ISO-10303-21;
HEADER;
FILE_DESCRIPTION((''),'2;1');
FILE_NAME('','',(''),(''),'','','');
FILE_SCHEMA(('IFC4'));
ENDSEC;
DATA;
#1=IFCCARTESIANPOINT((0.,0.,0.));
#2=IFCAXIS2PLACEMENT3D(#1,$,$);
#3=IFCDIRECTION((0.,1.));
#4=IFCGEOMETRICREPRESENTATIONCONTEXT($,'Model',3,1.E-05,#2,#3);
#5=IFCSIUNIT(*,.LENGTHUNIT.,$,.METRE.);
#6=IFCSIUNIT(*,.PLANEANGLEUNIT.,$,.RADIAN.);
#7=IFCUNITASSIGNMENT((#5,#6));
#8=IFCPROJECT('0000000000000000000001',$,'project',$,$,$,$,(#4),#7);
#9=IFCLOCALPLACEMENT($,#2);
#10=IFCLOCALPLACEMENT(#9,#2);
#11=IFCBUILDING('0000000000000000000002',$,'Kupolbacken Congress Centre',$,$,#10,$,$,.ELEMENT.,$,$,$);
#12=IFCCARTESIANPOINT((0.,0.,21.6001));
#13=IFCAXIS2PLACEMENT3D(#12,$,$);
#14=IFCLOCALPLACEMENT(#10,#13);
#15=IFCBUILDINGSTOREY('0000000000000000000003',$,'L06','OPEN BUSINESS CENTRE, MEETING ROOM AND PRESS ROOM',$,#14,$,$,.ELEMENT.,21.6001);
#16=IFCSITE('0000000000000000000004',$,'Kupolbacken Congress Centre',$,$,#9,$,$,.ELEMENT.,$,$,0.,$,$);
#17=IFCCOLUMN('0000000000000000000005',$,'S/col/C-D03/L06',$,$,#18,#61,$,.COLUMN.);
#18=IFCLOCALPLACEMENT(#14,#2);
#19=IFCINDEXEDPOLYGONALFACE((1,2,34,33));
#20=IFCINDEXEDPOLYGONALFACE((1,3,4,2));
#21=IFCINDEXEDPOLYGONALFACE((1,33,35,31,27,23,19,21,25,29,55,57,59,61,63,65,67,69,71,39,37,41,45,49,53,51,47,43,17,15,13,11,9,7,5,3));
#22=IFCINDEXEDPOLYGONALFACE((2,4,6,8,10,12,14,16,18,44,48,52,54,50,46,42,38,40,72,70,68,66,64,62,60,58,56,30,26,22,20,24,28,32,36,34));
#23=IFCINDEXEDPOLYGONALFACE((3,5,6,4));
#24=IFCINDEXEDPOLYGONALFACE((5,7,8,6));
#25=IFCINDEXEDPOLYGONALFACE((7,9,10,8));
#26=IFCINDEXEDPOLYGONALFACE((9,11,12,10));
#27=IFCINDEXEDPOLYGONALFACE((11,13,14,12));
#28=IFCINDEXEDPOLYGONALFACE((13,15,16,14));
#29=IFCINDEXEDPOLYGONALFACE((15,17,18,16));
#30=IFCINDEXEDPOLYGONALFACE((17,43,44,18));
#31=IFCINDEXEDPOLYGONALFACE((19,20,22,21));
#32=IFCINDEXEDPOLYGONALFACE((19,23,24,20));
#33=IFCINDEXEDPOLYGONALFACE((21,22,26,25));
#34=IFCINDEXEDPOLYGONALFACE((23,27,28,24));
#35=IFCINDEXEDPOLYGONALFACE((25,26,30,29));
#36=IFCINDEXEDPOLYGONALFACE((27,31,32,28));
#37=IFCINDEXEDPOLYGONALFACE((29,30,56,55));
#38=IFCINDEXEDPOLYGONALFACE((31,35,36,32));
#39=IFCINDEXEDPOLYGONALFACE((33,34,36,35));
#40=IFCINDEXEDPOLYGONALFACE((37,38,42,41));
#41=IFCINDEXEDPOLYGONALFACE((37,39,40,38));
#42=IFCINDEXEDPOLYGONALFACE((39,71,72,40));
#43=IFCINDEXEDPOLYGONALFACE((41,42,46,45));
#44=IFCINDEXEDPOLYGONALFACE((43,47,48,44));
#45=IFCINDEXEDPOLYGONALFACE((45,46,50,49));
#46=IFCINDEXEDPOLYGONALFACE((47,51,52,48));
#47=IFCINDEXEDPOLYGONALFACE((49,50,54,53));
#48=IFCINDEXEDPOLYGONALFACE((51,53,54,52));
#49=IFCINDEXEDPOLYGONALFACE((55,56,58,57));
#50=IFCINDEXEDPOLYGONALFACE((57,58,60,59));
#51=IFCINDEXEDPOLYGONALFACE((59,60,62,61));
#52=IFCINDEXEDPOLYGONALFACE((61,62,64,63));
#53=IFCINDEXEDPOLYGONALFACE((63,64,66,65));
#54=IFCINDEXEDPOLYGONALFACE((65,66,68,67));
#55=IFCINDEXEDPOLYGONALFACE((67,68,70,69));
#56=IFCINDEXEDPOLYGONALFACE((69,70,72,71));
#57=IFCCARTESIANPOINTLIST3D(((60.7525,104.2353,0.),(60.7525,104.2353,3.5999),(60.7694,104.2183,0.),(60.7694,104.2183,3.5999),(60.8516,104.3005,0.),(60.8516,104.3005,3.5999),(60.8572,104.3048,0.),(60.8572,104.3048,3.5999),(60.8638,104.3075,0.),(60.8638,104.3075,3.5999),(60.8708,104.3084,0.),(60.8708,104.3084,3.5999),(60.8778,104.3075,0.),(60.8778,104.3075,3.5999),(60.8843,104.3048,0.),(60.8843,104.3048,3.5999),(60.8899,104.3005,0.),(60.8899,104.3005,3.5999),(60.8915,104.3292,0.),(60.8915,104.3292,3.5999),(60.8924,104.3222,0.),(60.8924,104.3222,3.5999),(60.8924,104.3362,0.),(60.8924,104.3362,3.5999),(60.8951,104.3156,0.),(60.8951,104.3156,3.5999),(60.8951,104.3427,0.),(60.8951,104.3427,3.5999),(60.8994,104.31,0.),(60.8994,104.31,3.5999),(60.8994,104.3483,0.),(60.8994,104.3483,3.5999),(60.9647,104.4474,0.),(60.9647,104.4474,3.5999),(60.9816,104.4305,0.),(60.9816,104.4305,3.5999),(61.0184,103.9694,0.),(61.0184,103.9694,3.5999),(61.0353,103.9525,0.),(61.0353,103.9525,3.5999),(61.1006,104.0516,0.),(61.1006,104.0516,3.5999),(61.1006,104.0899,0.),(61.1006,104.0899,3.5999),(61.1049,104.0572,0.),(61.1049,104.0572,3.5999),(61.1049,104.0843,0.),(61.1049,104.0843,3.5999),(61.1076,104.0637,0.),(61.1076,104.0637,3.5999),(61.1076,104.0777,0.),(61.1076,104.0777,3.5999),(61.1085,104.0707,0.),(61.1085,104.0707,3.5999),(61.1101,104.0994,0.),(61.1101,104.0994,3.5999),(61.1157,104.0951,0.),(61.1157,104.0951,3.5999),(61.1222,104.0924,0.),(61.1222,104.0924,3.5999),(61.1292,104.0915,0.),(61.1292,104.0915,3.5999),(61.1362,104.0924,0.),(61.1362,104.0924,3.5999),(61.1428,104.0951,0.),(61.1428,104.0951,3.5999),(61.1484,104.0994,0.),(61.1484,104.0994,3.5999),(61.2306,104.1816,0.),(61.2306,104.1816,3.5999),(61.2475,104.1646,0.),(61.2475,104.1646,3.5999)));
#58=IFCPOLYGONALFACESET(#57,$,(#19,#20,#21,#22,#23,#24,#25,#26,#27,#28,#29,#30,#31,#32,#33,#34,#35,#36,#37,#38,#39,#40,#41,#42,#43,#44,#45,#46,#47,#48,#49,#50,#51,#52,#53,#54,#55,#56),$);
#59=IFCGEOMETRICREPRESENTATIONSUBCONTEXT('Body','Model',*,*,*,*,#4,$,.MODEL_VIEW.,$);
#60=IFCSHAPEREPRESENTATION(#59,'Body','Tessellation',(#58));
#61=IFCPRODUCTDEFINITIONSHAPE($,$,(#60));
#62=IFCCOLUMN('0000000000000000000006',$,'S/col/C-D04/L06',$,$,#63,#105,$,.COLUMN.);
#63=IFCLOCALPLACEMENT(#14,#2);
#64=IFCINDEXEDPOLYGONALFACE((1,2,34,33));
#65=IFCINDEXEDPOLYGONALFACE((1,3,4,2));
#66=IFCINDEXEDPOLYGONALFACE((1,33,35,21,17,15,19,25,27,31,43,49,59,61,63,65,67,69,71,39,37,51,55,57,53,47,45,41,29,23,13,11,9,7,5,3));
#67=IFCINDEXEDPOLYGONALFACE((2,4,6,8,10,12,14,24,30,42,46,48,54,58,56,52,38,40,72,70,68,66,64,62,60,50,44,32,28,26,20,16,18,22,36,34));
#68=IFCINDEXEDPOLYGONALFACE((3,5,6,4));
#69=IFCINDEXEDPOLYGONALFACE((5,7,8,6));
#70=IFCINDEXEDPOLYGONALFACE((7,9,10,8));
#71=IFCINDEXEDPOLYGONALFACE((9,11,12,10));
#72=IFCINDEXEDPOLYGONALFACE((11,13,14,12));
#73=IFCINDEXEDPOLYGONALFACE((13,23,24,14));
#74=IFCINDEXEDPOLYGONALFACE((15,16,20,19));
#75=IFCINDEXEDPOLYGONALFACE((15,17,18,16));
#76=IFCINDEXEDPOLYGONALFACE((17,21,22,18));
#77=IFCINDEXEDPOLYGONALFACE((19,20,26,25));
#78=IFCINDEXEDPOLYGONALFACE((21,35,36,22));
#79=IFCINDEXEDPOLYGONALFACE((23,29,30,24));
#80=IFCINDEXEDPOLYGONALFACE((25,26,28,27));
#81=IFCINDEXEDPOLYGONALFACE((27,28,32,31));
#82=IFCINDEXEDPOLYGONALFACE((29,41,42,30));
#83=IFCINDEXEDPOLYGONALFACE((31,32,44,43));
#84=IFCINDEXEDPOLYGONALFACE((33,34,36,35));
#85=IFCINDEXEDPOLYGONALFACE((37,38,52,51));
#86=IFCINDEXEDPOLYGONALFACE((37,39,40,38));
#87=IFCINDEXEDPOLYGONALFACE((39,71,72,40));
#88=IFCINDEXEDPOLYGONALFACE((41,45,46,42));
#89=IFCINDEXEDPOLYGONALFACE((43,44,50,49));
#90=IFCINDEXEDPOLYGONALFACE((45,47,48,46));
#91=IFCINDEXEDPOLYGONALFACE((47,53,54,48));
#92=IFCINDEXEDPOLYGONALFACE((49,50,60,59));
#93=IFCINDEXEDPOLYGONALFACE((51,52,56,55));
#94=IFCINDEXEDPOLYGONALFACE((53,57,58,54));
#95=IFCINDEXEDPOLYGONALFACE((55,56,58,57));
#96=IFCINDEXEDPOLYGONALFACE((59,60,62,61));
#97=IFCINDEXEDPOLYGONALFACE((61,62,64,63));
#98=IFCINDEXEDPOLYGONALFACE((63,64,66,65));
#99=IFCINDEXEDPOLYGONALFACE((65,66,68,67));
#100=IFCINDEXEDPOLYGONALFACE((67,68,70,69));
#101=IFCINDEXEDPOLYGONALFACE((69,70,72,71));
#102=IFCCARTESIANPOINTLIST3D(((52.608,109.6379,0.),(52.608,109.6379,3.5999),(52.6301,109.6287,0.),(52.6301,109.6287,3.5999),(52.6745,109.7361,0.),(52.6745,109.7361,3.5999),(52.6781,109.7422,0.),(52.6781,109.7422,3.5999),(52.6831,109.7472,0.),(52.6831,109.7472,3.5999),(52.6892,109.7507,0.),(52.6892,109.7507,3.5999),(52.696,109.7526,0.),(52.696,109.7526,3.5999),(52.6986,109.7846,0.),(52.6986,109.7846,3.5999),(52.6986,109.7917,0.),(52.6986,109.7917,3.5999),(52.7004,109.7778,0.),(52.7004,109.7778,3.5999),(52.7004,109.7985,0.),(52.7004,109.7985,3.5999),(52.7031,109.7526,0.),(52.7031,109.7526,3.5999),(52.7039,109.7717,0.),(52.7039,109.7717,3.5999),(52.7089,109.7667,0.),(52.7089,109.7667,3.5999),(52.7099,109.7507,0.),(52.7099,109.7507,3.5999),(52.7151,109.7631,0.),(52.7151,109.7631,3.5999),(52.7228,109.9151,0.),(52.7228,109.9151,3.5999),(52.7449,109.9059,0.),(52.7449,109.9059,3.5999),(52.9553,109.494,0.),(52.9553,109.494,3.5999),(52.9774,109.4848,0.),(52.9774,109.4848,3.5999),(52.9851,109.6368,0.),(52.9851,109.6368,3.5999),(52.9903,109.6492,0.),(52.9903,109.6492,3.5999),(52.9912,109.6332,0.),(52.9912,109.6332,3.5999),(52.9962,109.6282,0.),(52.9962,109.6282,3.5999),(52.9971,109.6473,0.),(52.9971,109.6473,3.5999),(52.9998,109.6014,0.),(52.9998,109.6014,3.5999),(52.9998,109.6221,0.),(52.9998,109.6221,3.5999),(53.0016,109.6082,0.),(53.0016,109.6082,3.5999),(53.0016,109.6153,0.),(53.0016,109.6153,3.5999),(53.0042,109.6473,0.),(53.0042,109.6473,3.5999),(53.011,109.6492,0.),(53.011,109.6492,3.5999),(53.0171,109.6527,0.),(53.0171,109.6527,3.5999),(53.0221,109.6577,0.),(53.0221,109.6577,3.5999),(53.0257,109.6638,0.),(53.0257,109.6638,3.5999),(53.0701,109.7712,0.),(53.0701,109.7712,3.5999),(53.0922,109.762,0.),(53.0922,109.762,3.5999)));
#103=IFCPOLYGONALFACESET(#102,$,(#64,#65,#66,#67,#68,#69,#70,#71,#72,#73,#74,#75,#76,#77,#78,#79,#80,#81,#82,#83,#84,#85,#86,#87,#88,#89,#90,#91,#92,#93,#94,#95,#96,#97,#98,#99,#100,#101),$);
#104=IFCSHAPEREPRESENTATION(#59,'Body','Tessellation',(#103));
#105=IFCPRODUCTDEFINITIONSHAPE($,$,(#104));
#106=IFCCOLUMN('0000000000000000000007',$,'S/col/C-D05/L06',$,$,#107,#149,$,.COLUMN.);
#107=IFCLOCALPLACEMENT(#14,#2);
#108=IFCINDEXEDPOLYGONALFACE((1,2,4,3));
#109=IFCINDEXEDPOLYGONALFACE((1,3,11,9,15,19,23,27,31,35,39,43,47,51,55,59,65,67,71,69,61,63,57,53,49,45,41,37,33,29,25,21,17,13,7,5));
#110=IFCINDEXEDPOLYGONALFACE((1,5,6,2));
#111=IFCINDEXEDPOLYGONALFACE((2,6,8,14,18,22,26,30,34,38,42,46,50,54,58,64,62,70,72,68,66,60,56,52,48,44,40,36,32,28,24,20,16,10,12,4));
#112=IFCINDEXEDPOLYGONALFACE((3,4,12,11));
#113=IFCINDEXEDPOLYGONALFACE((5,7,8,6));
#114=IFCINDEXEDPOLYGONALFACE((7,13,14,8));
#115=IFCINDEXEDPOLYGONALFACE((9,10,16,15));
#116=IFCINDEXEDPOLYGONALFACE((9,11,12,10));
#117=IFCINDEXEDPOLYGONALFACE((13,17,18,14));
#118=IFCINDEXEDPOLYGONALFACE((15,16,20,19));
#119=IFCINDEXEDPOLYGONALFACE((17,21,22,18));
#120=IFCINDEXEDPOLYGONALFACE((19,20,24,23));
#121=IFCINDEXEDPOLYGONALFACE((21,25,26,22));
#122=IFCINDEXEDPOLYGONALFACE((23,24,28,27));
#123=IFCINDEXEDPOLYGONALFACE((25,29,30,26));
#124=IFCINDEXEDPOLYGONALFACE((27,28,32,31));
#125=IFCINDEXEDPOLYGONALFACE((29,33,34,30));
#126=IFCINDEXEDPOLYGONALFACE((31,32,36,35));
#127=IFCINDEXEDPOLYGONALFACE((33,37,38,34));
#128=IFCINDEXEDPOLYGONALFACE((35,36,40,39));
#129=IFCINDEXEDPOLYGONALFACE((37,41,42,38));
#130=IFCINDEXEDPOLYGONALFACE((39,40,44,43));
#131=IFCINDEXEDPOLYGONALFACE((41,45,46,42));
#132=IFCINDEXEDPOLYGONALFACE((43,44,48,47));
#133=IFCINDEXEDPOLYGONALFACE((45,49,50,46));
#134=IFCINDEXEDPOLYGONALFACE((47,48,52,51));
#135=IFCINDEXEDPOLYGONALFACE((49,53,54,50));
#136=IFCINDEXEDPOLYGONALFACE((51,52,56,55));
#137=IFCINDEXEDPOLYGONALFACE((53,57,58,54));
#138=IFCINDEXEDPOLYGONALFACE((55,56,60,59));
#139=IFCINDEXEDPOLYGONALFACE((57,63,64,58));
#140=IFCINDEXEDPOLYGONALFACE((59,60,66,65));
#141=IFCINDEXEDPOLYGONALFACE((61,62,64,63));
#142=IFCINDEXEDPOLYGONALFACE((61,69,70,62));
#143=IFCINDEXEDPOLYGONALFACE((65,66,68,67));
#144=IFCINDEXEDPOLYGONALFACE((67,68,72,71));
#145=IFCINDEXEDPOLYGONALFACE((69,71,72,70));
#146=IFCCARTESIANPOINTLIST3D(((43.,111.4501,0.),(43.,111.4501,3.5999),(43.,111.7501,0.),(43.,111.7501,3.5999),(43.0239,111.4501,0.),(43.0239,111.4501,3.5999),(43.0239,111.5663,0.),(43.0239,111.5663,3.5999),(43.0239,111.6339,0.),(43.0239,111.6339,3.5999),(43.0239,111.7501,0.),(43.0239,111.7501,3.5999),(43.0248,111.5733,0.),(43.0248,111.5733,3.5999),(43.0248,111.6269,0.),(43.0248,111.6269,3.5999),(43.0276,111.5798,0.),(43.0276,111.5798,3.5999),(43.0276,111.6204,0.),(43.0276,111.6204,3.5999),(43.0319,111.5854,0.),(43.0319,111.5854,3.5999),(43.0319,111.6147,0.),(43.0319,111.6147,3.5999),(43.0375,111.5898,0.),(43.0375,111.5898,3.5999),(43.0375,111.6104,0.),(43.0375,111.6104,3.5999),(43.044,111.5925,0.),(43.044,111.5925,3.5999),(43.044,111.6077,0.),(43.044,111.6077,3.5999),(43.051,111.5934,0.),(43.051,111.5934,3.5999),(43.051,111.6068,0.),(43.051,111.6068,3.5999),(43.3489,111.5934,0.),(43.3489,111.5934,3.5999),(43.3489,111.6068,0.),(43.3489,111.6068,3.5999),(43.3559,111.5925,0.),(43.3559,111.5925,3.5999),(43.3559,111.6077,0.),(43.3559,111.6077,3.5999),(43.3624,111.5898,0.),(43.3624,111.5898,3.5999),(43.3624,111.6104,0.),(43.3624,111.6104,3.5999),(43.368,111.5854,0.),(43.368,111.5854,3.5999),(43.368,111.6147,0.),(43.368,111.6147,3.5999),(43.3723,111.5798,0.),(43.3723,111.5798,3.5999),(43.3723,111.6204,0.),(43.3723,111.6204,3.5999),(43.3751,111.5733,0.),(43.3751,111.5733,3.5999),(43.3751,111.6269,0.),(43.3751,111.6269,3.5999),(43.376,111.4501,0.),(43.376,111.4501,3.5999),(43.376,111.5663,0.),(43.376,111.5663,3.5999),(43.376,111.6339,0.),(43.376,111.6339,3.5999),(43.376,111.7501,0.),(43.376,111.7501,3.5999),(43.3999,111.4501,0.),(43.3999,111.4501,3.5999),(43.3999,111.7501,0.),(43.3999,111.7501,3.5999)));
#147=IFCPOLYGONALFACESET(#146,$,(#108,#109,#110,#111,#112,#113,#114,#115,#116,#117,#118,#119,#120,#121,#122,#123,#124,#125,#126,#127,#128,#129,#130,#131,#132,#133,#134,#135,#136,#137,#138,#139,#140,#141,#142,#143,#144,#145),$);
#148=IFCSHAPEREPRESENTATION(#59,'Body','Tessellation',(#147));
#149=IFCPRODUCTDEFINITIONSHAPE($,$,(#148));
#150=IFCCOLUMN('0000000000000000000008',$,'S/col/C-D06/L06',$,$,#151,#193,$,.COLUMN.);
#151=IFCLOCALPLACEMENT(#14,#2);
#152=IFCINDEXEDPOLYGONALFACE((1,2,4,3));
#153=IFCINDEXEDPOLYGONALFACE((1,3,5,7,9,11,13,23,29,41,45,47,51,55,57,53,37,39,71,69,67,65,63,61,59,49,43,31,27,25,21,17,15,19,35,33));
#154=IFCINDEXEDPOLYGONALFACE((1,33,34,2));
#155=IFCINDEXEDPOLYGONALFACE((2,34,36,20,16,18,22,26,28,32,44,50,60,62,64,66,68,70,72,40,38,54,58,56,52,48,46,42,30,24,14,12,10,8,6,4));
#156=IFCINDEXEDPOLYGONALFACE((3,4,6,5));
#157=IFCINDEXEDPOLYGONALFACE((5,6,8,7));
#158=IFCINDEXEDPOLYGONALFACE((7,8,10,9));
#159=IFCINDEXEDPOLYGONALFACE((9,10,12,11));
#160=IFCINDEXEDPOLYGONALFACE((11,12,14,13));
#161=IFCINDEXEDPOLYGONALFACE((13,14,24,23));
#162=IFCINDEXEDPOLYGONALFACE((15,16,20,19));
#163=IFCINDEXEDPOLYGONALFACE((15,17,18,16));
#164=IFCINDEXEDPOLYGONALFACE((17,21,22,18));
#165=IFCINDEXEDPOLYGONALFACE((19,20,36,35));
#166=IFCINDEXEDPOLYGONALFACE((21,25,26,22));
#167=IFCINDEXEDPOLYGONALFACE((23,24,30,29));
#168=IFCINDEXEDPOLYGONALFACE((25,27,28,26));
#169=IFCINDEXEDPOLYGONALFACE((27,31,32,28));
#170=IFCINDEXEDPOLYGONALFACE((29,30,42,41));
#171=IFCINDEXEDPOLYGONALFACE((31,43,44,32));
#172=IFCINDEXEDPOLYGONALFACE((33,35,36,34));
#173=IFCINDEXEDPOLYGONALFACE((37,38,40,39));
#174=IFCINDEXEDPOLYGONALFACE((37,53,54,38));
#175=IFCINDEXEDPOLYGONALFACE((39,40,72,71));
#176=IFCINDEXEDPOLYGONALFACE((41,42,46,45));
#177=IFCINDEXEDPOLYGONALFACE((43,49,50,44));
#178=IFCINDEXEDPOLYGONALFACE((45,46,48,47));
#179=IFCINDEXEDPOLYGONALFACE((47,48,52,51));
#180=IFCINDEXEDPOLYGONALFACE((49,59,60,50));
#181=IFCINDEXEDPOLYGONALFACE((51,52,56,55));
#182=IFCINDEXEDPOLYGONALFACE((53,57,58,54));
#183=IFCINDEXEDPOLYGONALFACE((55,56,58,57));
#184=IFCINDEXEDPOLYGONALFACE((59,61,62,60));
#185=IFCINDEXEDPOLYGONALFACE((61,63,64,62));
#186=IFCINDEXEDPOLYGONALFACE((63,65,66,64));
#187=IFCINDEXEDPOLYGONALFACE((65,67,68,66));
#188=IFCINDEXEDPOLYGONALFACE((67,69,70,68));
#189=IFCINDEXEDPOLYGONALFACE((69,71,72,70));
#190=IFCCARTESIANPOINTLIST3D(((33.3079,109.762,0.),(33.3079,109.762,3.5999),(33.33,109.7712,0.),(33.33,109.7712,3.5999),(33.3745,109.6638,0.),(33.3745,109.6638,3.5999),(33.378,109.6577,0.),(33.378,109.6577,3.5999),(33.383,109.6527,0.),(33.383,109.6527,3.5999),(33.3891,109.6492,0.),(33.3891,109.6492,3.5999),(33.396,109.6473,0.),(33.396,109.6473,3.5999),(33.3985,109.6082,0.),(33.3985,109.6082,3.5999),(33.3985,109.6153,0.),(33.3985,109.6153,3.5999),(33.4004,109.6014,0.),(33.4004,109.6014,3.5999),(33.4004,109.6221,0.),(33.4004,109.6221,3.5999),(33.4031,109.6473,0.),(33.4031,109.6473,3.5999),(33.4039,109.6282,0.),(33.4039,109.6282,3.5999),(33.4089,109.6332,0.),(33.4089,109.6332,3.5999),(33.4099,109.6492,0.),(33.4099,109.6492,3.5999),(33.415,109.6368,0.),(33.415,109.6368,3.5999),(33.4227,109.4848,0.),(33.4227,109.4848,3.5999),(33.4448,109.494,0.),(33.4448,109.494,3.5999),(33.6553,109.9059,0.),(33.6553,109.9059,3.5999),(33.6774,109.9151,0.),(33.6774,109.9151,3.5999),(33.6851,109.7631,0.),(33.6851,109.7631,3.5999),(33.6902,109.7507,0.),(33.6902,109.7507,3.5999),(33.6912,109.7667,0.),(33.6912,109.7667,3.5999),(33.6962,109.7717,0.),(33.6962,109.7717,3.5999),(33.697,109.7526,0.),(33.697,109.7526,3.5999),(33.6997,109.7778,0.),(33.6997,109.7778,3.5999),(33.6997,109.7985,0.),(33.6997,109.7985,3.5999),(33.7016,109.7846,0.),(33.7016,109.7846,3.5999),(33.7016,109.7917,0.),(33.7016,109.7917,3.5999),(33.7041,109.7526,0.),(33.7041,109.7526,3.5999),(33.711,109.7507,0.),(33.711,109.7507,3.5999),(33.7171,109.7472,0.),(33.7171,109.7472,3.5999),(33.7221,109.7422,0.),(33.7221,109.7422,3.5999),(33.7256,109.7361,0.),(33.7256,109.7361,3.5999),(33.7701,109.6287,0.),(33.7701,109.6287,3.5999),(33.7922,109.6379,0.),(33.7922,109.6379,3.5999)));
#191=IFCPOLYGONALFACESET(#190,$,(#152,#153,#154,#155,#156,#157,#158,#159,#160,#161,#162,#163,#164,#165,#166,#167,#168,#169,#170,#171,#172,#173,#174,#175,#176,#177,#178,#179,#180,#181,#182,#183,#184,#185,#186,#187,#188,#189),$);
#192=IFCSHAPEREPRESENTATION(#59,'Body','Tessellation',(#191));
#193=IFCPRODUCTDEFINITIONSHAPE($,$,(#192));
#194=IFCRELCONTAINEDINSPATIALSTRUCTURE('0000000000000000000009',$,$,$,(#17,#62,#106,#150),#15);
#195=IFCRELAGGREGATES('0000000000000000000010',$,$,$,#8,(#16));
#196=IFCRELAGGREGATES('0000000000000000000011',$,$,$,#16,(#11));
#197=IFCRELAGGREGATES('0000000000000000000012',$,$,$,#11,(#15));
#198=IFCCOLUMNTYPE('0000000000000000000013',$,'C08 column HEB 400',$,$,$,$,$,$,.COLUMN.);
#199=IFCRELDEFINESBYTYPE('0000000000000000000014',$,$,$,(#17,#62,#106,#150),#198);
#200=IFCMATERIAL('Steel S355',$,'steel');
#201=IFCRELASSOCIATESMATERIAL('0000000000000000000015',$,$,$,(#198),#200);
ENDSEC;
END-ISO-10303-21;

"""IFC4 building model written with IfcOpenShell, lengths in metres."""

from ifc_helpers import new_model, si_unit, direction, frame, origin, origin_2d, place, context, subcontext, project, spatial, i_section, extrude, material, material_profile, profile_set, type_object, element, save


model = new_model("IFC4")

# Units and contexts
model_context = context("Model", 3, precision=1e-05, world=origin(), true_north=direction((0.0, 1.0)))
body_context = subcontext(model_context, "Body", "Model", "MODEL_VIEW")
ifc_project = project(units=[si_unit("LENGTHUNIT", "METRE"), si_unit("PLANEANGLEUNIT", "RADIAN")], contexts=[model_context])

# Site, building, storey
site_placement = place(None, origin())
site = spatial("IfcSite", under=ifc_project, at=site_placement, Name="Kupolbacken Congress Centre", CompositionType="ELEMENT", RefElevation=0.0)
building_placement = place(site_placement, origin())
building = spatial("IfcBuilding", under=site, at=building_placement, Name="Kupolbacken Congress Centre", CompositionType="ELEMENT")
storey_placement = place(building_placement, frame((0.0, 0.0, 21.6001)))
storey = spatial("IfcBuildingStorey", under=building, at=storey_placement, Name="L06", Description="OPEN BUSINESS CENTRE, MEETING ROOM AND PRESS ROOM", CompositionType="ELEMENT", Elevation=21.6001)

# Columns
ifc_material_1 = material(Name="Steel S355", Category="steel")
ifc_material_profile_1 = material_profile(ifc_material_1, i_section(OverallWidth=0.3, OverallDepth=0.3999, WebThickness=0.0134, FlangeThickness=0.0239, FilletRadius=0.0271, at=origin_2d()), Name="HEB 400")
ifc_profile_set_1 = profile_set([ifc_material_profile_1], Name="Steel S355")
column_type = type_object("IfcColumnType", Name="C08 column HEB 400", PredefinedType="COLUMN", material=ifc_profile_set_1)
for number, where, z_axis, x_axis, name in (
    (1, (61.0, 104.2, 0.0), (0.0, 0.0, 1.0), (0.707107, 0.707107, 0.0), "S/col/C-D03/L06"),
    (2, (52.8501, 109.7, 0.0), (0.0, 0.0, 1.0), (0.382644, 0.923896, 0.0), "S/col/C-D04/L06"),
    (3, (43.2, 111.6001, 0.0), (0.0, 0.0, 1.0), (0.0, 1.0, 0.0), "S/col/C-D05/L06"),
    (4, (33.55, 109.7, 0.0), (0.0, 0.0, 1.0), (-0.382644, 0.923896, 0.0), "S/col/C-D06/L06"),
):
    element("IfcColumn", number, at=place(storey_placement, frame(where, z_axis=z_axis, x_axis=x_axis)), inside=storey, type_object=column_type, Name=name, PredefinedType="COLUMN", context=body_context, shape_type="SweptSolid", body=[
        extrude(i_section(OverallWidth=0.3, OverallDepth=0.3999, WebThickness=0.0134, FlangeThickness=0.0239, FilletRadius=0.0271, at=origin_2d()), origin(), (0.0, 0.0, 1.0), 3.5999),
    ])

save(model, "model.ifc")
